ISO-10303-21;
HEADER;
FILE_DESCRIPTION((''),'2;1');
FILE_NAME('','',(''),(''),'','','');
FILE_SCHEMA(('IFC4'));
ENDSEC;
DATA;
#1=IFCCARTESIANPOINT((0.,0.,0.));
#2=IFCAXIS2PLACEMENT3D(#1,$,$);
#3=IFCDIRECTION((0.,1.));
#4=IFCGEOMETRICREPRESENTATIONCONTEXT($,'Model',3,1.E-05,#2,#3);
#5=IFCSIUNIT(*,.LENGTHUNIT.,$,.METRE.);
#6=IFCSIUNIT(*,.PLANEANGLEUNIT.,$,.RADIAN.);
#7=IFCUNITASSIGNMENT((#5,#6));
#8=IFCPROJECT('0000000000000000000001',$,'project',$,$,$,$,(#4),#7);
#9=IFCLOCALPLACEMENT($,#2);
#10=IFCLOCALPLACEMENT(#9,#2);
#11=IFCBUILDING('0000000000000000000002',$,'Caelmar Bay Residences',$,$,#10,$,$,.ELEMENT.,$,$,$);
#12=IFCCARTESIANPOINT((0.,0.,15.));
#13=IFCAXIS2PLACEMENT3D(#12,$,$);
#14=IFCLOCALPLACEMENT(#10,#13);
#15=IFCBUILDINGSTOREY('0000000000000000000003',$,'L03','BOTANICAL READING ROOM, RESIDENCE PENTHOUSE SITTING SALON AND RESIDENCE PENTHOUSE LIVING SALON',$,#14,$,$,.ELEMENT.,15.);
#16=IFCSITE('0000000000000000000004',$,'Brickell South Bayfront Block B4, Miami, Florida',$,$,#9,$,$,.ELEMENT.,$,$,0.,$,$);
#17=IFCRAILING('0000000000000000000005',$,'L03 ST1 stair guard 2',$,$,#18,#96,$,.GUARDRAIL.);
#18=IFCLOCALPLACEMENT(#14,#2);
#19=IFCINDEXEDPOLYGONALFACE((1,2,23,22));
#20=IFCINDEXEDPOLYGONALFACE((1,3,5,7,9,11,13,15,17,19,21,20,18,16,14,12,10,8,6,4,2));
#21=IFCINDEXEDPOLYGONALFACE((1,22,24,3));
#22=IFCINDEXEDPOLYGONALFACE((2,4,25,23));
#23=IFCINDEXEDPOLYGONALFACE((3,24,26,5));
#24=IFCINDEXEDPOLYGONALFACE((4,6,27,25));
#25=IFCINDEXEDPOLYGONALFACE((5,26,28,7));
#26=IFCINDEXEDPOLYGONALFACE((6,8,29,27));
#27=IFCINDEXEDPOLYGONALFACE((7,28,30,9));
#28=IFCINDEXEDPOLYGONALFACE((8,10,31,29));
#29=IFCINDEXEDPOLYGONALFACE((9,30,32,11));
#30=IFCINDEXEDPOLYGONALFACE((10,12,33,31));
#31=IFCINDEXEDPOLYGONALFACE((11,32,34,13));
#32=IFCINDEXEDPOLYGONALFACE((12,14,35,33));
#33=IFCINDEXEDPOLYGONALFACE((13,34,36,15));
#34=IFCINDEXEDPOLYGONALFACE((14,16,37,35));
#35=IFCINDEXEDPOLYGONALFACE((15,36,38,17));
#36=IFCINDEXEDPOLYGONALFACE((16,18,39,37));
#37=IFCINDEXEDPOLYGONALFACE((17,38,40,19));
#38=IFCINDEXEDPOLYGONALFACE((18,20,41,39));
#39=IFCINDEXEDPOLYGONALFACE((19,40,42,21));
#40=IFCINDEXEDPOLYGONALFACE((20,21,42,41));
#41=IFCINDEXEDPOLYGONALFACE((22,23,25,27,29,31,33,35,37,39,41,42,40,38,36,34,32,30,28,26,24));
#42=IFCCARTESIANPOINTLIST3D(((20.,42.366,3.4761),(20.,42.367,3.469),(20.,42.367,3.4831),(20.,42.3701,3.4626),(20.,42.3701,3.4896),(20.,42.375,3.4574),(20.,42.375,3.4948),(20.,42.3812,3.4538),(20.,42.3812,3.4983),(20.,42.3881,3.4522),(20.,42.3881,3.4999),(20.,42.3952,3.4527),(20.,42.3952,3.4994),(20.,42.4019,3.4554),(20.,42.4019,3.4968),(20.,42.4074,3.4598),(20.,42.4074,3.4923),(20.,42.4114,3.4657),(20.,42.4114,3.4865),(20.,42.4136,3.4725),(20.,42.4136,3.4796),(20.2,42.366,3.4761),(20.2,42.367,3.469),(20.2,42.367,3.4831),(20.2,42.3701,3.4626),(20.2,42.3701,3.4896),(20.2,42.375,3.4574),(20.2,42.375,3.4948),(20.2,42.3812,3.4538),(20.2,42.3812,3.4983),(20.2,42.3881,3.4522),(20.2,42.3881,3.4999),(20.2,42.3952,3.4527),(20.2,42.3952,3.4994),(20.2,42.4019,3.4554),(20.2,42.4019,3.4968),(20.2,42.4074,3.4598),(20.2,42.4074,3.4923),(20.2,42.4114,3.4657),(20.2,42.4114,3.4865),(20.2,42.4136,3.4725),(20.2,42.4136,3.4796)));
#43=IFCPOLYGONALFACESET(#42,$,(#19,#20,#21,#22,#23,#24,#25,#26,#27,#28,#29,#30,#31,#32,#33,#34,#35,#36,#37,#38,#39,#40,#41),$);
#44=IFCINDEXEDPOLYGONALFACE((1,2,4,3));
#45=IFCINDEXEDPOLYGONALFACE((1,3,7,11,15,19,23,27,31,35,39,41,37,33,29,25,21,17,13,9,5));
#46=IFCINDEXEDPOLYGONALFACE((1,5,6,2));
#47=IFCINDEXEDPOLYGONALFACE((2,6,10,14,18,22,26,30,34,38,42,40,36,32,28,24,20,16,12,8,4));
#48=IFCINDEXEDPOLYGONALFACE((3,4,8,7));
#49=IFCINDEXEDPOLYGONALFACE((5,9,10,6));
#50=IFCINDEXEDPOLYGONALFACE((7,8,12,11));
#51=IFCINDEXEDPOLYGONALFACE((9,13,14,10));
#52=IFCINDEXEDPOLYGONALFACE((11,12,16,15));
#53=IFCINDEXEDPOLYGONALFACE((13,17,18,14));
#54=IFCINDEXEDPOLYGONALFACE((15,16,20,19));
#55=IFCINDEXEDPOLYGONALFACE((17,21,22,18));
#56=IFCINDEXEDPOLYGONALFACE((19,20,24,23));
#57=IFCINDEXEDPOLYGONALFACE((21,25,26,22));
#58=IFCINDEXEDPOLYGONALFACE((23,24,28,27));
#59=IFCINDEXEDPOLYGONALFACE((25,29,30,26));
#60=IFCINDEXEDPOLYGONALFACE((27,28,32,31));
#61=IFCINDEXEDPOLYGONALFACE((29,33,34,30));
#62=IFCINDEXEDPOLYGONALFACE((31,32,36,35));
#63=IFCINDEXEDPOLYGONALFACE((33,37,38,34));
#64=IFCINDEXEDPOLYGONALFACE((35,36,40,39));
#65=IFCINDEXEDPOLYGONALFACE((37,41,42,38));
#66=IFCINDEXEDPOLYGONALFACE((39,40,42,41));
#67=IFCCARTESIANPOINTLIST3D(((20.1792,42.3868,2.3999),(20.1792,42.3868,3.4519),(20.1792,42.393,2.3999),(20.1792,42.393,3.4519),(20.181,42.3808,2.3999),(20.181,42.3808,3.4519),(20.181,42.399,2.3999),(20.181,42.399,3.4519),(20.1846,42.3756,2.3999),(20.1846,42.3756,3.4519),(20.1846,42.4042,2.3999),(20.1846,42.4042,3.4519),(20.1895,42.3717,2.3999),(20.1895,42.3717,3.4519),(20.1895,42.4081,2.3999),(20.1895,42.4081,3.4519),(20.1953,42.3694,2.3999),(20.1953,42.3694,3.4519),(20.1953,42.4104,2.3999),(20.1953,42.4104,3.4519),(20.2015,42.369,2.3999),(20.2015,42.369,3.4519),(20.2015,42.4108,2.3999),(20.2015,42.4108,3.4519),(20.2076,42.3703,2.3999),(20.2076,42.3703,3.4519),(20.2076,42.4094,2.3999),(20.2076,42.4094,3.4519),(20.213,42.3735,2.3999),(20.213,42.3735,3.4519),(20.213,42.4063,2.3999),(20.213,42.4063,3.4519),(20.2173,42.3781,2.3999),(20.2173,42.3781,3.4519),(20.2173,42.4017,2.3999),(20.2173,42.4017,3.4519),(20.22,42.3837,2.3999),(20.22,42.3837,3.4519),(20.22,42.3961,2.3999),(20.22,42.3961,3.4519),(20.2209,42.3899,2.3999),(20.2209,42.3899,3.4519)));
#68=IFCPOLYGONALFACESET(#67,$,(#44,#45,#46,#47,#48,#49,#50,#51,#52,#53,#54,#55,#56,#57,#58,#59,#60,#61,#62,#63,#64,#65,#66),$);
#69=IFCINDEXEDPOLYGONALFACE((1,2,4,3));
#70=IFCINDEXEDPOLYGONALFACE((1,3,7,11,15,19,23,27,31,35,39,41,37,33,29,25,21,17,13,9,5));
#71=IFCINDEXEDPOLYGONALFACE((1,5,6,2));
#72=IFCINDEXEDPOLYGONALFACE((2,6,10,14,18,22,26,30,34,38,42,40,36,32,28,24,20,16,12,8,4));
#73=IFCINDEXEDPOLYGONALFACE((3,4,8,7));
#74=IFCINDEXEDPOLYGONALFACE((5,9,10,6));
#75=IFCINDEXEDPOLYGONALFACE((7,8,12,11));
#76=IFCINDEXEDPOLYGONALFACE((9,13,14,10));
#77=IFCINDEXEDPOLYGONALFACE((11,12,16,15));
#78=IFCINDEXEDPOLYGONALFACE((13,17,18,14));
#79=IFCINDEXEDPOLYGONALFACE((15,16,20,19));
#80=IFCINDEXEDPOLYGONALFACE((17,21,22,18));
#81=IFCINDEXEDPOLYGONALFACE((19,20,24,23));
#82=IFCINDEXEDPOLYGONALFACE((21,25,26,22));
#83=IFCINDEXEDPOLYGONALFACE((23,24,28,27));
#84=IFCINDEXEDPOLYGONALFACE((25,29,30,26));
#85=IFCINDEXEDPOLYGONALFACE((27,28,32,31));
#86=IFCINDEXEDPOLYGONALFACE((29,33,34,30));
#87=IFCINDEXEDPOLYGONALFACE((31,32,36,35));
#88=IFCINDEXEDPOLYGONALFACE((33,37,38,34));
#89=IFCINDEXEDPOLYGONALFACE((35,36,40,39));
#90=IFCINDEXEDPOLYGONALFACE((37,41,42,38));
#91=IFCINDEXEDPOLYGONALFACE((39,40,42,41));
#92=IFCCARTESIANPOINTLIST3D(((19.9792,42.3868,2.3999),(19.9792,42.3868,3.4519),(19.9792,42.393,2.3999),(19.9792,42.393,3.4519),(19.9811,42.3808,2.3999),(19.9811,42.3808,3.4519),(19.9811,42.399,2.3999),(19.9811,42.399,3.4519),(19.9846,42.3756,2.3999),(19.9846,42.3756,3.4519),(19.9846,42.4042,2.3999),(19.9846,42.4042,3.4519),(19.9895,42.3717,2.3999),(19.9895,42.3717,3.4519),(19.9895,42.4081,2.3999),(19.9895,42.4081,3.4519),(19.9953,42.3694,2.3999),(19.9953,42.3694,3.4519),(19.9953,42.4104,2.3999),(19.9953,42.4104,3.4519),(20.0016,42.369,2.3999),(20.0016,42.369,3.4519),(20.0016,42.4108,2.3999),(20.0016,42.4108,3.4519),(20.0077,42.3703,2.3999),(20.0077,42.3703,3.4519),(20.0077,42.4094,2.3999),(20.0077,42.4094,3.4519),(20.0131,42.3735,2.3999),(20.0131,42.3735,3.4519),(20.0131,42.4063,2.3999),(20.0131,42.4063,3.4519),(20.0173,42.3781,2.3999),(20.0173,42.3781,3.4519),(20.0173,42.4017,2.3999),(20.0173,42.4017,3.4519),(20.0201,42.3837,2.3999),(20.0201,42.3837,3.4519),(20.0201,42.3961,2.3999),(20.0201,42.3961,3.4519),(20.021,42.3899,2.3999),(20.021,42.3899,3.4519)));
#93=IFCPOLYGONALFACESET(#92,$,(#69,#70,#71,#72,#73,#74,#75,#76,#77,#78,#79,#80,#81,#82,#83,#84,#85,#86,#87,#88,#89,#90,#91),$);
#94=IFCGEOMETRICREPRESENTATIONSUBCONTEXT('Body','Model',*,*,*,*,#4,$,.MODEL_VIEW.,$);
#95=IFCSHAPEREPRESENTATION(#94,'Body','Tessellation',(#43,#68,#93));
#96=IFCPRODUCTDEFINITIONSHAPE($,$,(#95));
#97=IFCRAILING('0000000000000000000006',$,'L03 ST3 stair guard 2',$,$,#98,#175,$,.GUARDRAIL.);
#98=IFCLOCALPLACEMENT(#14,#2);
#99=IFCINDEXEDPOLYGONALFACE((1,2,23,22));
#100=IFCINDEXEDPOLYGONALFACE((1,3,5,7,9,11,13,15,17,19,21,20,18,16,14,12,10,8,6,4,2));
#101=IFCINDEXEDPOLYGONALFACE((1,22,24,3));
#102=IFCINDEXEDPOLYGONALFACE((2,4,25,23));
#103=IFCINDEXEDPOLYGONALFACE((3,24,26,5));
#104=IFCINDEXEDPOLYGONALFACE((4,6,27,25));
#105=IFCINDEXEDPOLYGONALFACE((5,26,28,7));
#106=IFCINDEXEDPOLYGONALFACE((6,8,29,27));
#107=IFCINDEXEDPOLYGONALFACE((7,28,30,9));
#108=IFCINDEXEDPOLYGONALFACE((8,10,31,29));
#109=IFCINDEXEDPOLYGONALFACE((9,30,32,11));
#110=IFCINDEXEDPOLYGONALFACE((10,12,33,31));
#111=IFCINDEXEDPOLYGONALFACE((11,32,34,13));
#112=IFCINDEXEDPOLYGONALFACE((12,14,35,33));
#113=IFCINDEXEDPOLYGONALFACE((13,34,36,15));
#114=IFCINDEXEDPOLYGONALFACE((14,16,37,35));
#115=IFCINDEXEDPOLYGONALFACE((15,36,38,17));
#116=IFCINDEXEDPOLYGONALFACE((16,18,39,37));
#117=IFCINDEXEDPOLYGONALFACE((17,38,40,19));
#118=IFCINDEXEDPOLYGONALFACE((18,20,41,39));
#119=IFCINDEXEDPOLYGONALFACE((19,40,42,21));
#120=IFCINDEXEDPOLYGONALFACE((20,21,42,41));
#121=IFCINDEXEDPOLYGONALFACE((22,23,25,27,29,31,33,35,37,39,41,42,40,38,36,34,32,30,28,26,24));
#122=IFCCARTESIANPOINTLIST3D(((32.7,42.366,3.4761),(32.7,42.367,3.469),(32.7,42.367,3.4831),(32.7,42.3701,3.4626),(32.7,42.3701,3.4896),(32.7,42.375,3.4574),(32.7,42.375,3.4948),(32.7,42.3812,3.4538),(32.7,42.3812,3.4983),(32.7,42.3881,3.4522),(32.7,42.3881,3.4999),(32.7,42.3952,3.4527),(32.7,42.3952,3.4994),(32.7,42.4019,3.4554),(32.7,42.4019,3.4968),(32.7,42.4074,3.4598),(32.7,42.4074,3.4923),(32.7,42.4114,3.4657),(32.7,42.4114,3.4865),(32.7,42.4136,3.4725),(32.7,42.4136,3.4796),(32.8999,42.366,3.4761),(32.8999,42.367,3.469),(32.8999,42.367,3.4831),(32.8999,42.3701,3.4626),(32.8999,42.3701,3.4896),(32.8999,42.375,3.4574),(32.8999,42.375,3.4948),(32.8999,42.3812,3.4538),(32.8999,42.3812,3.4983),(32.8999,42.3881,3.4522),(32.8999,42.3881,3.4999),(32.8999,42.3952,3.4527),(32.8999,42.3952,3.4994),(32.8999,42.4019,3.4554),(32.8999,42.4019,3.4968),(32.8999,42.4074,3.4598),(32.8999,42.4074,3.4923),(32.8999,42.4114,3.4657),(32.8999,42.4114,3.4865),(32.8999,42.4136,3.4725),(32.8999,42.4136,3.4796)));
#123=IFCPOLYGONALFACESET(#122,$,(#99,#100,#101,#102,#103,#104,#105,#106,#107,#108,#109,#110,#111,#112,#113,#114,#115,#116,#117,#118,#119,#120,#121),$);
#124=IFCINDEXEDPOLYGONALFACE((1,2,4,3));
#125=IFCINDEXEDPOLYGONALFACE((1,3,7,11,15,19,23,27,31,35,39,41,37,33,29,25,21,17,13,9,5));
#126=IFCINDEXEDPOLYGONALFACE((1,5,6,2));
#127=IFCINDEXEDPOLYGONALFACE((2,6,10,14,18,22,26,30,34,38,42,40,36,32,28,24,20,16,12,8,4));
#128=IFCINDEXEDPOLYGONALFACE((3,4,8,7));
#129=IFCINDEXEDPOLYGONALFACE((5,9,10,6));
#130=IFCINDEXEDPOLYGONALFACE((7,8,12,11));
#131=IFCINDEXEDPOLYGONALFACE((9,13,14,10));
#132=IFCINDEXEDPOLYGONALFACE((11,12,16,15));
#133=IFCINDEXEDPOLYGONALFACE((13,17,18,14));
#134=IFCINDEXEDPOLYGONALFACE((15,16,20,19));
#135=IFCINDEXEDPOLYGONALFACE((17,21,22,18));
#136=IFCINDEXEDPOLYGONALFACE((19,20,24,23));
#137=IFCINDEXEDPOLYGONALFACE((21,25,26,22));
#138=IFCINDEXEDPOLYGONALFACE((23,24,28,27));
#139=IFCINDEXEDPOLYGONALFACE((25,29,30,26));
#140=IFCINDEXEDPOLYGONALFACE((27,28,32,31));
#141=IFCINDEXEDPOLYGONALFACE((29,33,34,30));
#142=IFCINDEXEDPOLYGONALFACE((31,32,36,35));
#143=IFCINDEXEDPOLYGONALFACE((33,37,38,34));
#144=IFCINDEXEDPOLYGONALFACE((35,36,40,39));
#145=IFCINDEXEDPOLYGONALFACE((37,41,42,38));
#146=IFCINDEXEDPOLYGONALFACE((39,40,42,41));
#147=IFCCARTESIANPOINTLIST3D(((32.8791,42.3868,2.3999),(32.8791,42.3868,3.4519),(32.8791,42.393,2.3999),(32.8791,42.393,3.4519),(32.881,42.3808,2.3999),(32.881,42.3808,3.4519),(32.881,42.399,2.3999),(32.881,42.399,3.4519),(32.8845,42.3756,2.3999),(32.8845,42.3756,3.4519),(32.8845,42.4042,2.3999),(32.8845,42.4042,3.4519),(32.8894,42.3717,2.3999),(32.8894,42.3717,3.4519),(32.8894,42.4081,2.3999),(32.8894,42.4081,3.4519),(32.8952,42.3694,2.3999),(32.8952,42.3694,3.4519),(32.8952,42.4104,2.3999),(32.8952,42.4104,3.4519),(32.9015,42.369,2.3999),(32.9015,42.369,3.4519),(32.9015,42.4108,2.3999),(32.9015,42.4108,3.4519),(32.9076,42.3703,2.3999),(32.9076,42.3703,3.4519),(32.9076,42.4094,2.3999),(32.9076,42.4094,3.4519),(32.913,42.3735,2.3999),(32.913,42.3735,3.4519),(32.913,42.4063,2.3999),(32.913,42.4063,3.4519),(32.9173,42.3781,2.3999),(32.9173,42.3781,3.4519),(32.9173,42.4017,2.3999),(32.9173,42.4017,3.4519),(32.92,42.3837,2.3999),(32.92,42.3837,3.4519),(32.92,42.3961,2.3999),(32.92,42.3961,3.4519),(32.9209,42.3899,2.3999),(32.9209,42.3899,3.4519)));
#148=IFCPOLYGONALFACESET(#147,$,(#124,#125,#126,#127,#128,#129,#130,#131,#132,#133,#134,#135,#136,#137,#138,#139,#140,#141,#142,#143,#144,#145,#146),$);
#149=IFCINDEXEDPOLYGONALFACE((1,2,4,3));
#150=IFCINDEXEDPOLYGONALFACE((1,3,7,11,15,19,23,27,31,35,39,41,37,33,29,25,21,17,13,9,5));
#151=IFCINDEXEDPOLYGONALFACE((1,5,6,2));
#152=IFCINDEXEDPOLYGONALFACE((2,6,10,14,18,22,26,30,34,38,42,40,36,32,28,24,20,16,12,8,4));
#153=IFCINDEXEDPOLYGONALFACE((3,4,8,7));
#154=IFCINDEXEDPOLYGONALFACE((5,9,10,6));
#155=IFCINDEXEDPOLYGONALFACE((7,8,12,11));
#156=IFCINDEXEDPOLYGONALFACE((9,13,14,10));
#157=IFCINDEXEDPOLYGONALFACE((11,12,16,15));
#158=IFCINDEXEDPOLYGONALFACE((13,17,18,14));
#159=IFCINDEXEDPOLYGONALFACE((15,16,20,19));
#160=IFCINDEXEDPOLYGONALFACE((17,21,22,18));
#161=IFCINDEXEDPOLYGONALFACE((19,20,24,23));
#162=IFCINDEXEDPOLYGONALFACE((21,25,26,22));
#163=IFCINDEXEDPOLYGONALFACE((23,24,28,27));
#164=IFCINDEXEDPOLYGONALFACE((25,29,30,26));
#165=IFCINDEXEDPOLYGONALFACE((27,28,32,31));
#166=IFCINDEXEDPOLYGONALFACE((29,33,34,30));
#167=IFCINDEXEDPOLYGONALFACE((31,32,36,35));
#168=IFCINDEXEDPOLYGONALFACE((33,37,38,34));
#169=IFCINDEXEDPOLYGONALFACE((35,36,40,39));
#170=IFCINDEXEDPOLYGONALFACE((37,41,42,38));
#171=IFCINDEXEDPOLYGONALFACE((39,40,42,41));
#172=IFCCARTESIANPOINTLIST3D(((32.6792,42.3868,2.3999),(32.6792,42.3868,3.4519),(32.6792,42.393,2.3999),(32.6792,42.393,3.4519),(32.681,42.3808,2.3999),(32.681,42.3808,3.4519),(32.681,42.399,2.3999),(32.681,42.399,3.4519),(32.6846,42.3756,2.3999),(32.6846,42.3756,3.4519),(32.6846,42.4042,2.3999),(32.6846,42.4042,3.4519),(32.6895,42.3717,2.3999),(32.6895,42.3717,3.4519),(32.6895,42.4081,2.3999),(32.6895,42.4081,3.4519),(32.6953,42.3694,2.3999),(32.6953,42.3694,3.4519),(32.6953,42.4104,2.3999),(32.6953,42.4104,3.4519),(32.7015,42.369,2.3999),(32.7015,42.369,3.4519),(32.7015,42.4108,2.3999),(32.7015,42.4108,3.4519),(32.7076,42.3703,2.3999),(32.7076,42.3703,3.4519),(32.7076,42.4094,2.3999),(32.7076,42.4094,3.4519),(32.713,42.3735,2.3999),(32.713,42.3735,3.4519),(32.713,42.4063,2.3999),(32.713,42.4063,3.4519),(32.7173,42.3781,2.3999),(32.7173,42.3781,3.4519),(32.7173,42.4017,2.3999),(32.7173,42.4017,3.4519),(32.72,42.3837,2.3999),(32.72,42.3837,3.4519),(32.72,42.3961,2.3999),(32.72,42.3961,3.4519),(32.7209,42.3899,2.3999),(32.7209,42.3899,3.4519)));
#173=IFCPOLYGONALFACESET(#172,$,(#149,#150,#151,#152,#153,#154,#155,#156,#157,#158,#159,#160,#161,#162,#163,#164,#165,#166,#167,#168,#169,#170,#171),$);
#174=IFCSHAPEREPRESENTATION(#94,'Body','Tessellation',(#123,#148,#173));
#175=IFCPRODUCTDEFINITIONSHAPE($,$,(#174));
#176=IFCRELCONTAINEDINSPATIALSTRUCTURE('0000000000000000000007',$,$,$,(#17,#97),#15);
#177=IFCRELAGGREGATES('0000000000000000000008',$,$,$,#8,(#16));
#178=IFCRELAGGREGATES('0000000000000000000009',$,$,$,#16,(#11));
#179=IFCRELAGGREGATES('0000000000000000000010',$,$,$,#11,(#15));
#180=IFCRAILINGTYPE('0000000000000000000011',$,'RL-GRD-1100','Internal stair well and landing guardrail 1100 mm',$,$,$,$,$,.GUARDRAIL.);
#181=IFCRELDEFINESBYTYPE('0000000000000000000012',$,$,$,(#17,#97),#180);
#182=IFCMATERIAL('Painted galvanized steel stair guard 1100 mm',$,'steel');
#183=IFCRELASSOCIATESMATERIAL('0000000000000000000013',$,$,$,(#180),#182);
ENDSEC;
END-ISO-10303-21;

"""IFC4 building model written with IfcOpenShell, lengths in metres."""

from ifc_helpers import new_model, si_unit, direction, frame, origin, origin_2d, place, context, subcontext, project, spatial, circle, extrude, material, type_object, element, save


model = new_model("IFC4")

# Units and contexts
model_context = context("Model", 3, precision=1e-05, world=origin(), true_north=direction((0.0, 1.0)))
body_context = subcontext(model_context, "Body", "Model", "MODEL_VIEW")
ifc_project = project(units=[si_unit("LENGTHUNIT", "METRE"), si_unit("PLANEANGLEUNIT", "RADIAN")], contexts=[model_context])

# Site, building, storey
site_placement = place(None, origin())
site = spatial("IfcSite", under=ifc_project, at=site_placement, Name="Brickell South Bayfront Block B4, Miami, Florida", CompositionType="ELEMENT", RefElevation=0.0)
building_placement = place(site_placement, origin())
building = spatial("IfcBuilding", under=site, at=building_placement, Name="Caelmar Bay Residences", CompositionType="ELEMENT")
storey_placement = place(building_placement, frame((0.0, 0.0, 15.0)))
storey = spatial("IfcBuildingStorey", under=building, at=storey_placement, Name="L03", Description="BOTANICAL READING ROOM, RESIDENCE PENTHOUSE SITTING SALON AND RESIDENCE PENTHOUSE LIVING SALON", CompositionType="ELEMENT", Elevation=15.0)

# Railings
ifc_material_1 = material(Name="Painted galvanized steel stair guard 1100 mm", Category="steel")
railing_type_1 = type_object("IfcRailingType", Name="RL-GRD-1100", Description="Internal stair well and landing guardrail 1100 mm", PredefinedType="GUARDRAIL", material=ifc_material_1)
for number, where, name in (
    (1, (20.2, 42.3899, 2.3999), "L03 ST1 stair guard 2"),
    (2, (32.8999, 42.3899, 2.3999), "L03 ST3 stair guard 2"),
):
    element("IfcRailing", number, at=place(storey_placement, frame(where)), inside=storey, type_object=railing_type_1, Name=name, PredefinedType="GUARDRAIL", context=body_context, shape_type="SweptSolid", body=[
        extrude(circle(Radius=0.0239, at=origin_2d()), frame((0.0, 0.0, 1.0762), z_axis=(-1.0, 0.0, 0.0), x_axis=(0.0, -1.0, 0.0)), (0.0, 0.0, 1.0), 0.2),
        extrude(circle(Radius=0.021, at=origin_2d()), origin(), (0.0, 0.0, 1.0), 1.052),
        extrude(circle(Radius=0.021, at=origin_2d()), frame((-0.2, 0.0, 0.0)), (0.0, 0.0, 1.0), 1.052),
    ])

save(model, "model.ifc")
